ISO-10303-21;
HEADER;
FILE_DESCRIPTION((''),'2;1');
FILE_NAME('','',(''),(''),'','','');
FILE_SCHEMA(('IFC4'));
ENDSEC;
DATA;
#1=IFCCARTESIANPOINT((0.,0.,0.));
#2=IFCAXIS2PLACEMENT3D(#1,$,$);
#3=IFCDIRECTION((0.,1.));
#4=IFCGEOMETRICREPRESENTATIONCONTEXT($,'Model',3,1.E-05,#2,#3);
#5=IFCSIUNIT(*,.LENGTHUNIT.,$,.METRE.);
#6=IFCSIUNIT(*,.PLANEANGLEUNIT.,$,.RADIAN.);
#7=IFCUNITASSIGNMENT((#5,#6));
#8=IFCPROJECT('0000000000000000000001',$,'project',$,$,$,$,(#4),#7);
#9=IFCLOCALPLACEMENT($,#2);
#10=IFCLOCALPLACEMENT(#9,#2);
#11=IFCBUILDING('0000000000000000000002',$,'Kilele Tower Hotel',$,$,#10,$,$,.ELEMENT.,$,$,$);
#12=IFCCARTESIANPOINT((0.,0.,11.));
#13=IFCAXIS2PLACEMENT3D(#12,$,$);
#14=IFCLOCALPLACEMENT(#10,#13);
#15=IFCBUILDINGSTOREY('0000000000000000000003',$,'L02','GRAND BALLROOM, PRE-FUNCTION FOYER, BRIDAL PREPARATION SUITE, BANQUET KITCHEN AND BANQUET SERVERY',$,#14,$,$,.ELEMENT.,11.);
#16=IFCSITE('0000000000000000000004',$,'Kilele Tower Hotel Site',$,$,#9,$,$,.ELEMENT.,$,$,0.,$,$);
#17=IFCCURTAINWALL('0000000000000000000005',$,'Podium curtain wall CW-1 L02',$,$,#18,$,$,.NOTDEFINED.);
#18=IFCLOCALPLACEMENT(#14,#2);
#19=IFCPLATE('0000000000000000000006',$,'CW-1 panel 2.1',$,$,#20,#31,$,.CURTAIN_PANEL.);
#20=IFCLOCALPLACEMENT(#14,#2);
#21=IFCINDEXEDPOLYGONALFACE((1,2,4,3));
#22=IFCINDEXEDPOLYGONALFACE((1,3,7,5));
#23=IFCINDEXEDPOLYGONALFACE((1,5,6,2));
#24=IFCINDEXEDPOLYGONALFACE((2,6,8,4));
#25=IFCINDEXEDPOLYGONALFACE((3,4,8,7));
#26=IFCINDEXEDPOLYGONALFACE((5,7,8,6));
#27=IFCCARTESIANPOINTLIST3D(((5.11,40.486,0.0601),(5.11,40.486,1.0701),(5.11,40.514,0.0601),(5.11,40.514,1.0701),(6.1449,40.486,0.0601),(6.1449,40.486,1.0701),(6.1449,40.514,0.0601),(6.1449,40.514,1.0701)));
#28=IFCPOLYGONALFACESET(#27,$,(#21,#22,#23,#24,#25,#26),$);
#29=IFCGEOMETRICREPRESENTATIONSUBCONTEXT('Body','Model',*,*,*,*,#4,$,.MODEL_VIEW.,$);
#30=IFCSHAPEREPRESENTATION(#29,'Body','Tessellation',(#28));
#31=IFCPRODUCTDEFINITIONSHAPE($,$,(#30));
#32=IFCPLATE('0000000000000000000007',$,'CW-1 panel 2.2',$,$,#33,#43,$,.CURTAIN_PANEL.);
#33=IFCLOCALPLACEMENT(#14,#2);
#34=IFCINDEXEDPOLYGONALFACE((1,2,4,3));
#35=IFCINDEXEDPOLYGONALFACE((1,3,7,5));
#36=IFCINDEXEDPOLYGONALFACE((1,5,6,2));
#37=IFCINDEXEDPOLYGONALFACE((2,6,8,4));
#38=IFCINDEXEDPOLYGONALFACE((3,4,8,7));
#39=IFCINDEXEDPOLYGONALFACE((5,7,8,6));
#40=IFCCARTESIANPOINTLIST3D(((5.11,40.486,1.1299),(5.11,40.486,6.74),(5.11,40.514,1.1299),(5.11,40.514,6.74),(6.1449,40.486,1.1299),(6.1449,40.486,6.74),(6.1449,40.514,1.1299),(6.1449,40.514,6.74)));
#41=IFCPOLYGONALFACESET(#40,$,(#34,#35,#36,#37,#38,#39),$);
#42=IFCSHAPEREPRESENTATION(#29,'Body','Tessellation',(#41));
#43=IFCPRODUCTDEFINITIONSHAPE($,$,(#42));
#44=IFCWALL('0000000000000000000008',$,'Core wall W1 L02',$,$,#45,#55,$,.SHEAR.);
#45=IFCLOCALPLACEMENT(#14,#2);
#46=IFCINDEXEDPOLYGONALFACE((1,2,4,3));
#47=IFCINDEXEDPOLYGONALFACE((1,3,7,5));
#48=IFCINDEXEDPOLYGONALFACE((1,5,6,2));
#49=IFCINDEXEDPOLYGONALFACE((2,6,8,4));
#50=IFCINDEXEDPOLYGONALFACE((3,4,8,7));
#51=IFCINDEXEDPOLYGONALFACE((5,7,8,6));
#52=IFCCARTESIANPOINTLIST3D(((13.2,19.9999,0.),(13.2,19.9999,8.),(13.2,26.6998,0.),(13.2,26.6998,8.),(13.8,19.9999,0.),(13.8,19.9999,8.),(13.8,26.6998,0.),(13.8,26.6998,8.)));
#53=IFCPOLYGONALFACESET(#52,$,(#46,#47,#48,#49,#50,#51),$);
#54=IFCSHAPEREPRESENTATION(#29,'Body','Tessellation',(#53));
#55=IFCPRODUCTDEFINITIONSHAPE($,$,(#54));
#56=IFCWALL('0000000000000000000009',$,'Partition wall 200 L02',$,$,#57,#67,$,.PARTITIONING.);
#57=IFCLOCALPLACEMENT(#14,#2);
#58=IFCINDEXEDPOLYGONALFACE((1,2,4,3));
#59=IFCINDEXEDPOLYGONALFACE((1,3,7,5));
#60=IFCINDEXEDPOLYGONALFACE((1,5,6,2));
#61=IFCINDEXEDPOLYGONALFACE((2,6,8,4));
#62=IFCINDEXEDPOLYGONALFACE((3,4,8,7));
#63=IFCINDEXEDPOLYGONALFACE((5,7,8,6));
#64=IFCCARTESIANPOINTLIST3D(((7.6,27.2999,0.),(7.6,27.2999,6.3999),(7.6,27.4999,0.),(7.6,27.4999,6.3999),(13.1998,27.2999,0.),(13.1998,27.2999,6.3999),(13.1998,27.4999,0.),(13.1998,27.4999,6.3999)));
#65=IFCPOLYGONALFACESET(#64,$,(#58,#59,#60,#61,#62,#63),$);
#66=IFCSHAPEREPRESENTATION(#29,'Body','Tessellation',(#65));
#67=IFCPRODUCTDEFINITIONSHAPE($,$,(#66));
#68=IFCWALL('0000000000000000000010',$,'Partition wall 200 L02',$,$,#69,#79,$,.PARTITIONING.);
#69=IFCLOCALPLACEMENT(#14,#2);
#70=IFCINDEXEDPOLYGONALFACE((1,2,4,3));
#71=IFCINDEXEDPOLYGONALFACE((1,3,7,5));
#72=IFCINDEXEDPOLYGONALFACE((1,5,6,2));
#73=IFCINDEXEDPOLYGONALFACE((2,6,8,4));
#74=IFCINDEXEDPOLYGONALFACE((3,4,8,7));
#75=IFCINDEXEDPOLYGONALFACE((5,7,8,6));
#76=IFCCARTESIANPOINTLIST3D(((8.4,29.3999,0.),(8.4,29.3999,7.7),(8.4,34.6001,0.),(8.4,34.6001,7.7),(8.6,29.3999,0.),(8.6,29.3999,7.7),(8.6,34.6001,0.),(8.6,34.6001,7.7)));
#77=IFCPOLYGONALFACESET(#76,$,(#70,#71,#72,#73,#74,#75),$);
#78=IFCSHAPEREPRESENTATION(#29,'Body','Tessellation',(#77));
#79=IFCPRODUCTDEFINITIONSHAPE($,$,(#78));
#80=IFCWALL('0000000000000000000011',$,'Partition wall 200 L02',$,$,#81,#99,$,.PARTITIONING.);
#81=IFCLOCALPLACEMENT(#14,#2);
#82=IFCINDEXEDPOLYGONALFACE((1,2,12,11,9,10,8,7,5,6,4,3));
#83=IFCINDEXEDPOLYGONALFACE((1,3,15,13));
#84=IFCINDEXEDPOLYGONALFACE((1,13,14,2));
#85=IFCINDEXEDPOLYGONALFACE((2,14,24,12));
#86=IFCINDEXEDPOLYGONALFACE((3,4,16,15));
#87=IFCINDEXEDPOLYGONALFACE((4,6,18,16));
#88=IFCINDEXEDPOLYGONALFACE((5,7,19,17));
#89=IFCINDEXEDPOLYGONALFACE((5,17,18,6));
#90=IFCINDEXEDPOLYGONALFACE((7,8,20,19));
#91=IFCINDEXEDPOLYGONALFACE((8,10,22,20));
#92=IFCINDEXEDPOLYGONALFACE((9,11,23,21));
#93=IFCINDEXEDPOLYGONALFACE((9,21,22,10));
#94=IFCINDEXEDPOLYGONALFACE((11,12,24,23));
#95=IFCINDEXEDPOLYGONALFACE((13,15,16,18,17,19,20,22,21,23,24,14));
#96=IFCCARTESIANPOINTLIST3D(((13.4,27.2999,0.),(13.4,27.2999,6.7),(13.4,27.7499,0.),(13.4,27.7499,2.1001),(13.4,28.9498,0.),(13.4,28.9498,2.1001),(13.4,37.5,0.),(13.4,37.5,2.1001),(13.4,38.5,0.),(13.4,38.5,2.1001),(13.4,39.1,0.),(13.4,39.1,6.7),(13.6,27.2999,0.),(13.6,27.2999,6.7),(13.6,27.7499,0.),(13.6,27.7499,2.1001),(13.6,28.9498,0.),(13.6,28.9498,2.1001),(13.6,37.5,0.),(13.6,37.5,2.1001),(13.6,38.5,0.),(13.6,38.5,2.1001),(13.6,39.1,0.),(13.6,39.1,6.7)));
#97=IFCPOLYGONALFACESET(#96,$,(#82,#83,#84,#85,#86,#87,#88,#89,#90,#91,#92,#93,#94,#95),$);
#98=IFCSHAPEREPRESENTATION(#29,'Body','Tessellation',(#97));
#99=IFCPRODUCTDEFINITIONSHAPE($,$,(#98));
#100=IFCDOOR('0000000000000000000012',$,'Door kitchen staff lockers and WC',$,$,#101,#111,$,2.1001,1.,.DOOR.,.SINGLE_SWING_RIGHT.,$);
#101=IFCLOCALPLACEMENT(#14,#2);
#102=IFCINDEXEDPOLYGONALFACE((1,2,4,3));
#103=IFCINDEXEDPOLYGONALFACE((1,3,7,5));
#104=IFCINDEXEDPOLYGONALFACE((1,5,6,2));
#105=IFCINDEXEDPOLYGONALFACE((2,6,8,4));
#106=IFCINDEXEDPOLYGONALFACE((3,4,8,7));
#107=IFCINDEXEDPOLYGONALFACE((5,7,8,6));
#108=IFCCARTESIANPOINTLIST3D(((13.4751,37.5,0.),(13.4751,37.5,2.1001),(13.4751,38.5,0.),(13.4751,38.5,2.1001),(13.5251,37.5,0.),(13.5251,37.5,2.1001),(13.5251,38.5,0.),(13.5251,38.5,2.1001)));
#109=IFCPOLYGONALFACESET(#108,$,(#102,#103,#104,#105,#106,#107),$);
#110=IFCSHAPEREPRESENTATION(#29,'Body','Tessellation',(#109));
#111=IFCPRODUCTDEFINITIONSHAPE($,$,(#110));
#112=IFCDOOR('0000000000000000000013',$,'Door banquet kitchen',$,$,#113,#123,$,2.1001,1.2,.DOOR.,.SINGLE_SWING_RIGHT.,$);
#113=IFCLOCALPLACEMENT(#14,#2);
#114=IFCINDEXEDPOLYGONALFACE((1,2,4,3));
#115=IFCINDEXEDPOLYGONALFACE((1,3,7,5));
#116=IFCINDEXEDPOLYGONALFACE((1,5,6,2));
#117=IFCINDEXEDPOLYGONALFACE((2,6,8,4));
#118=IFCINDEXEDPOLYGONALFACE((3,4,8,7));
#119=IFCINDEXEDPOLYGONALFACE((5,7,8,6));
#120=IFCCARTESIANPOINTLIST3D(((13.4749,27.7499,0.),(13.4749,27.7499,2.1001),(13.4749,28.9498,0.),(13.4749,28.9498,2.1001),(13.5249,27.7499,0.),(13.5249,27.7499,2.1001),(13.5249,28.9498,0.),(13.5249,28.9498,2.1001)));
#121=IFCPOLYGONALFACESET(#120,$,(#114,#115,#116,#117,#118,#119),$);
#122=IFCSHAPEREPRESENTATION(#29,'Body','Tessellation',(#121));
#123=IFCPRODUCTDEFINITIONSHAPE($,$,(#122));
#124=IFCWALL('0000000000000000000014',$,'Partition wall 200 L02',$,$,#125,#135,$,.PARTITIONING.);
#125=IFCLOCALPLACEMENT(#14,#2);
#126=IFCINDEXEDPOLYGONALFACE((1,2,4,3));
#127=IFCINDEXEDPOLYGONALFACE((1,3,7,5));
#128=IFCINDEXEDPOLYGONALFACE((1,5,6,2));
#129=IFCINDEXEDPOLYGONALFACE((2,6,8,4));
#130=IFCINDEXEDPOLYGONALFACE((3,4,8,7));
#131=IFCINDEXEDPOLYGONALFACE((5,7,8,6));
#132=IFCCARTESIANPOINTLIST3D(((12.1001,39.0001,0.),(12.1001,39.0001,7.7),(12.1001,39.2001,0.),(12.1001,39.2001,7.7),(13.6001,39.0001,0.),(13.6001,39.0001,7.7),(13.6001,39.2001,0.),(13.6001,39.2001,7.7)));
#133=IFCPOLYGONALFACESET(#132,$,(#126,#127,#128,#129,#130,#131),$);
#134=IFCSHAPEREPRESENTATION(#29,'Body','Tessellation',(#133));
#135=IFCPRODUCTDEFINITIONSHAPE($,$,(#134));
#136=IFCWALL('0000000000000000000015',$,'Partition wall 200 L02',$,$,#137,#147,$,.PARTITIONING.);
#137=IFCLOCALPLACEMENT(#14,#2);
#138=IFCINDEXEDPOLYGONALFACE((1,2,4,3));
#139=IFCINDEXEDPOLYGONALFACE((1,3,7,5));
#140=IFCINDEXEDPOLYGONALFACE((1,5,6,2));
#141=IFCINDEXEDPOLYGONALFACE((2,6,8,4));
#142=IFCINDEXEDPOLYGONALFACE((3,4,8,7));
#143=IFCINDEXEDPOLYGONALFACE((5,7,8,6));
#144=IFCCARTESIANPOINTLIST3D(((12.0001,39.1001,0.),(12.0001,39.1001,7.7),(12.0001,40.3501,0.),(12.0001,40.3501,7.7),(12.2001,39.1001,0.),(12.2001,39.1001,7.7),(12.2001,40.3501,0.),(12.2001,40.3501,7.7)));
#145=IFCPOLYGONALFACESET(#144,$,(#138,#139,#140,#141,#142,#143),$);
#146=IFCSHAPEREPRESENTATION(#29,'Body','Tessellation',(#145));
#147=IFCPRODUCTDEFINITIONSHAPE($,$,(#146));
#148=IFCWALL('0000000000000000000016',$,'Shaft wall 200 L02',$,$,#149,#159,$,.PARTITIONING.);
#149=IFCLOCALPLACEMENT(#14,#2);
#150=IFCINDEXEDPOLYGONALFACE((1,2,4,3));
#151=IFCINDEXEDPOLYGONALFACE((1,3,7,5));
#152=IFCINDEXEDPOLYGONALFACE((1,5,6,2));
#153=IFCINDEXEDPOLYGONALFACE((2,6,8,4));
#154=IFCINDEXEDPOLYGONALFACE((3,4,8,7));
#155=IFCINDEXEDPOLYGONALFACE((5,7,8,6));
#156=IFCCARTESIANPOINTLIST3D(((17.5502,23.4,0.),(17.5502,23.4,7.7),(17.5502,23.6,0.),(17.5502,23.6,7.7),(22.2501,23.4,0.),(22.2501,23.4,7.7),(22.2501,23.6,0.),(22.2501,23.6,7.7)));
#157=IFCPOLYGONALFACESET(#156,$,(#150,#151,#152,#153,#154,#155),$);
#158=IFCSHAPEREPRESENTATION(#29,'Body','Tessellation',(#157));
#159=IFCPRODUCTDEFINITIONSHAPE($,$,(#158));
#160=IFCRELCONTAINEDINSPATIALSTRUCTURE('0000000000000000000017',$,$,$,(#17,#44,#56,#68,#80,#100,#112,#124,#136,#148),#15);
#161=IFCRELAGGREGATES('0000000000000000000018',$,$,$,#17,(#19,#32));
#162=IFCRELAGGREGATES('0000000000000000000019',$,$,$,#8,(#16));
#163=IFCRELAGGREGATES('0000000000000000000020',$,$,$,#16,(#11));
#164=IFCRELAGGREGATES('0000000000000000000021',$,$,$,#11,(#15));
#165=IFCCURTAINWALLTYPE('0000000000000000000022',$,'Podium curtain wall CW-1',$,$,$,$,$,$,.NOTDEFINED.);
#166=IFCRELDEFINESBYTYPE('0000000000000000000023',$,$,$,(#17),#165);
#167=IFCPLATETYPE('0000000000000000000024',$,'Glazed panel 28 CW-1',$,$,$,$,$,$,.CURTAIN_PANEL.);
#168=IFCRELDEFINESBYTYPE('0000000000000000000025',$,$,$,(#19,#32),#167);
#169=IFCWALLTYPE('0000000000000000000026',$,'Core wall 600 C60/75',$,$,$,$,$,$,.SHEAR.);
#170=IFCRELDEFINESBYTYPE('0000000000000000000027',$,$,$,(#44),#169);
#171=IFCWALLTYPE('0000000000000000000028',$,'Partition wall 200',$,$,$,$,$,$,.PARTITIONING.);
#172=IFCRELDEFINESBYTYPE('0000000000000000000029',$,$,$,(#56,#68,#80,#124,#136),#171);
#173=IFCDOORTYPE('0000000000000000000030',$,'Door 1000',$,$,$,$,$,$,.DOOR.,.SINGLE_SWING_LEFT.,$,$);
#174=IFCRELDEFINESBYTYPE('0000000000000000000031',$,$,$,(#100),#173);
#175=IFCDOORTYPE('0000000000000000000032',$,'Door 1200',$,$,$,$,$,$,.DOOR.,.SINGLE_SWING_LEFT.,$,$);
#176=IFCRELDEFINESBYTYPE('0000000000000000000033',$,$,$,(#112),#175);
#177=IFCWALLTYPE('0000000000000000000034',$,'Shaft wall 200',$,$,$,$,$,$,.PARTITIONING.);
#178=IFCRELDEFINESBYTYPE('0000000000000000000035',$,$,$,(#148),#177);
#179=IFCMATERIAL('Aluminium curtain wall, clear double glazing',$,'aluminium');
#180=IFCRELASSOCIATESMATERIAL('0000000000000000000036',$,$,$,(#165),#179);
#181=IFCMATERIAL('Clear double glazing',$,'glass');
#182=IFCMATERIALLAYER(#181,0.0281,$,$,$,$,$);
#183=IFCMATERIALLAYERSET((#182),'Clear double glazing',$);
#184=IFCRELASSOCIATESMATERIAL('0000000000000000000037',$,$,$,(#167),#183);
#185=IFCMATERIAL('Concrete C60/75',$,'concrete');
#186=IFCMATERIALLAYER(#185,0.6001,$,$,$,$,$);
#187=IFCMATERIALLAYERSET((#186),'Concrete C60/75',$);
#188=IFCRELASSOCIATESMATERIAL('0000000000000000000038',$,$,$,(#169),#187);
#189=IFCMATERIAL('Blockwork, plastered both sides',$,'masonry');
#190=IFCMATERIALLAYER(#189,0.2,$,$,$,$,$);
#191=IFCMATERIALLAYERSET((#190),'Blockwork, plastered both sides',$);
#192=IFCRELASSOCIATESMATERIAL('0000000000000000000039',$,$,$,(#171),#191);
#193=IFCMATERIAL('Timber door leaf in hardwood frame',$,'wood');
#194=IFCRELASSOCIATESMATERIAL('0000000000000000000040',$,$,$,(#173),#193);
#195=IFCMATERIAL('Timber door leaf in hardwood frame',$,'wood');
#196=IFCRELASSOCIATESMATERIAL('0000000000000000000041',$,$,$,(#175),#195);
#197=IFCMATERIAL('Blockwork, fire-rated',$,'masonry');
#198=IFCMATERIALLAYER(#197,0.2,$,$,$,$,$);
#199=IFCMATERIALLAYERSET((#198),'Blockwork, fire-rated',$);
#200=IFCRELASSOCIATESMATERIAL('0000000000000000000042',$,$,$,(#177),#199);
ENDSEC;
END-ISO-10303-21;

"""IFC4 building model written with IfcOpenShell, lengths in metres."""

from ifc_helpers import new_model, si_unit, direction, frame, frame_2d, origin, origin_2d, place, context, subcontext, project, spatial, rectangle, extrude, material, layer, layer_set, type_object, element, fill, aggregate, save


model = new_model("IFC4")

# Units and contexts
model_context = context("Model", 3, precision=1e-05, world=origin(), true_north=direction((0.0, 1.0)))
body_context = subcontext(model_context, "Body", "Model", "MODEL_VIEW")
ifc_project = project(units=[si_unit("LENGTHUNIT", "METRE"), si_unit("PLANEANGLEUNIT", "RADIAN")], contexts=[model_context])

# Site, building, storey
site_placement = place(None, origin())
site = spatial("IfcSite", under=ifc_project, at=site_placement, Name="Kilele Tower Hotel Site", CompositionType="ELEMENT", RefElevation=0.0)
building_placement = place(site_placement, origin())
building = spatial("IfcBuilding", under=site, at=building_placement, Name="Kilele Tower Hotel", CompositionType="ELEMENT")
storey_placement = place(building_placement, frame((0.0, 0.0, 11.0)))
storey = spatial("IfcBuildingStorey", under=building, at=storey_placement, Name="L02", Description="GRAND BALLROOM, PRE-FUNCTION FOYER, BRIDAL PREPARATION SUITE, BANQUET KITCHEN AND BANQUET SERVERY", CompositionType="ELEMENT", Elevation=11.0)

# Curtain wall
ifc_material_1 = material(Name="Aluminium curtain wall, clear double glazing", Category="aluminium")
curtain_wall_type = type_object("IfcCurtainWallType", Name="Podium curtain wall CW-1", PredefinedType="NOTDEFINED", material=ifc_material_1)
curtain_wall_placement = place(storey_placement, origin())
curtain_wall = element("IfcCurtainWall", 1, at=curtain_wall_placement, inside=storey, type_object=curtain_wall_type, Name="Podium curtain wall CW-1 L02", PredefinedType="NOTDEFINED")

# Plates
ifc_material_2 = material(Name="Clear double glazing", Category="glass")
ifc_layer_1 = layer(ifc_material_2, 0.0281)
ifc_layer_set_1 = layer_set([ifc_layer_1], Name="Clear double glazing")
plate_type = type_object("IfcPlateType", Name="Glazed panel 28 CW-1", PredefinedType="CURTAIN_PANEL", material=ifc_layer_set_1)
plate_1_placement = place(storey_placement, frame((5.6274, 40.5, 0.0601), z_axis=(0.0, 0.0, 1.0), x_axis=(-1.0, 0.0, 0.0)))
plate_1 = element("IfcPlate", 2, at=plate_1_placement, type_object=plate_type, Name="CW-1 panel 2.1", PredefinedType="CURTAIN_PANEL", context=body_context, shape_type="SweptSolid", body=[
    extrude(rectangle(XDim=1.0349, YDim=0.0281, at=origin_2d()), origin(), (0.0, 0.0, 1.0), 1.01),
])
plate_2_placement = place(storey_placement, frame((5.6274, 40.5, 1.1299), z_axis=(0.0, 0.0, 1.0), x_axis=(-1.0, 0.0, 0.0)))
plate_2 = element("IfcPlate", 3, at=plate_2_placement, type_object=plate_type, Name="CW-1 panel 2.2", PredefinedType="CURTAIN_PANEL", context=body_context, shape_type="SweptSolid", body=[
    extrude(rectangle(XDim=1.0349, YDim=0.0281, at=origin_2d()), origin(), (0.0, 0.0, 1.0), 5.6101),
])
aggregate(curtain_wall, [plate_1, plate_2])

# Walls
ifc_material_3 = material(Name="Concrete C60/75", Category="concrete")
ifc_layer_2 = layer(ifc_material_3, 0.6001)
ifc_layer_set_2 = layer_set([ifc_layer_2], Name="Concrete C60/75")
wall_type_1 = type_object("IfcWallType", Name="Core wall 600 C60/75", PredefinedType="SHEAR", material=ifc_layer_set_2)
wall_1_placement = place(storey_placement, frame((13.5, 26.7, 0.0), z_axis=(0.0, 0.0, 1.0), x_axis=(0.0, -1.0, 0.0)))
element("IfcWall", 4, at=wall_1_placement, inside=storey, type_object=wall_type_1, Name="Core wall W1 L02", PredefinedType="SHEAR", context=body_context, shape_type="SweptSolid", body=[
    extrude(rectangle(XDim=6.7, YDim=0.6001, at=frame_2d((3.3501, 0.0))), origin(), (0.0, 0.0, 1.0), 8.0),
])
ifc_material_4 = material(Name="Blockwork, plastered both sides", Category="masonry")
ifc_layer_3 = layer(ifc_material_4, 0.2)
ifc_layer_set_3 = layer_set([ifc_layer_3], Name="Blockwork, plastered both sides")
wall_type_2 = type_object("IfcWallType", Name="Partition wall 200", PredefinedType="PARTITIONING", material=ifc_layer_set_3)
wall_2_placement = place(storey_placement, frame((7.6001, 27.3999, 0.0), z_axis=(0.0, 0.0, 1.0), x_axis=(1.0, 0.0, 0.0)))
element("IfcWall", 5, at=wall_2_placement, inside=storey, type_object=wall_type_2, Name="Partition wall 200 L02", PredefinedType="PARTITIONING", context=body_context, shape_type="SweptSolid", body=[
    extrude(rectangle(XDim=5.5999, YDim=0.2, at=frame_2d((2.7998, 0.0))), origin(), (0.0, 0.0, 1.0), 6.3999),
])
wall_3_placement = place(storey_placement, frame((8.5, 29.3999, 0.0), z_axis=(0.0, 0.0, 1.0), x_axis=(0.0, 1.0, 0.0)))
element("IfcWall", 6, at=wall_3_placement, inside=storey, type_object=wall_type_2, Name="Partition wall 200 L02", PredefinedType="PARTITIONING", context=body_context, shape_type="SweptSolid", body=[
    extrude(rectangle(XDim=5.2002, YDim=0.2, at=frame_2d((2.6001, 0.0))), origin(), (0.0, 0.0, 1.0), 7.7),
])

# Wall, openings, doors
wall_4_placement = place(storey_placement, frame((13.5, 27.3, 0.0), z_axis=(0.0, 0.0, 1.0), x_axis=(0.0, 1.0, 0.0)))
wall_4 = element("IfcWall", 7, at=wall_4_placement, inside=storey, type_object=wall_type_2, Name="Partition wall 200 L02", PredefinedType="PARTITIONING", context=body_context, shape_type="SweptSolid", body=[
    extrude(rectangle(XDim=11.8, YDim=0.2, at=frame_2d((5.8999, 0.0))), origin(), (0.0, 0.0, 1.0), 6.7),
])
opening_1_placement = place(wall_4_placement, frame((1.6499, 0.0, 0.0), z_axis=(0.0, 0.0, 1.0), x_axis=(-1.0, 0.0, 0.0)))
opening_1 = element("IfcOpeningElement", 8, at=opening_1_placement, cuts=wall_4, PredefinedType="OPENING", context=body_context, shape_type="SweptSolid", body=[
    extrude(rectangle(XDim=1.2, YDim=2.1001, at=frame_2d((0.6001, 1.05))), frame((0.0, 0.1099, 0.0), z_axis=(0.0, -1.0, 0.0), x_axis=(1.0, 0.0, 0.0)), (0.0, 0.0, 1.0), 0.22),
])
opening_2_placement = place(wall_4_placement, frame((10.2, 0.0, 0.0)))
opening_2 = element("IfcOpeningElement", 9, at=opening_2_placement, cuts=wall_4, PredefinedType="OPENING", context=body_context, shape_type="SweptSolid", body=[
    extrude(rectangle(XDim=1.0, YDim=2.1001, at=frame_2d((0.5, 1.05))), frame((0.0, 0.1099, 0.0), z_axis=(0.0, -1.0, 0.0), x_axis=(1.0, 0.0, 0.0)), (0.0, 0.0, 1.0), 0.22),
])
ifc_material_5 = material(Name="Timber door leaf in hardwood frame", Category="wood")
door_type_1 = type_object("IfcDoorType", Name="Door 1000", OperationType="SINGLE_SWING_LEFT", PredefinedType="DOOR", material=ifc_material_5)
door_1_placement = place(opening_2_placement, origin())
door_1 = element("IfcDoor", 10, at=door_1_placement, inside=storey, type_object=door_type_1, Name="Door kitchen staff lockers and WC", OperationType="SINGLE_SWING_RIGHT", OverallHeight=2.1001, OverallWidth=1.0, PredefinedType="DOOR", context=body_context, shape_type="SweptSolid", body=[
    extrude(rectangle(XDim=1.0, YDim=2.1001, at=frame_2d((0.5, 1.05))), frame((0.0, 0.0249, 0.0), z_axis=(0.0, -1.0, 0.0), x_axis=(1.0, 0.0, 0.0)), (0.0, 0.0, 1.0), 0.05),
])
fill(opening_2, door_1)
ifc_material_6 = material(Name="Timber door leaf in hardwood frame", Category="wood")
door_type_2 = type_object("IfcDoorType", Name="Door 1200", OperationType="SINGLE_SWING_LEFT", PredefinedType="DOOR", material=ifc_material_6)
door_2_placement = place(opening_1_placement, origin())
door_2 = element("IfcDoor", 11, at=door_2_placement, inside=storey, type_object=door_type_2, Name="Door banquet kitchen", OperationType="SINGLE_SWING_RIGHT", OverallHeight=2.1001, OverallWidth=1.2, PredefinedType="DOOR", context=body_context, shape_type="SweptSolid", body=[
    extrude(rectangle(XDim=1.2, YDim=2.1001, at=frame_2d((0.6001, 1.05))), frame((0.0, 0.0249, 0.0), z_axis=(0.0, -1.0, 0.0), x_axis=(1.0, 0.0, 0.0)), (0.0, 0.0, 1.0), 0.05),
])
fill(opening_1, door_2)

# Walls
wall_5_placement = place(storey_placement, frame((12.1001, 39.1001, 0.0), z_axis=(0.0, 0.0, 1.0), x_axis=(1.0, 0.0, 0.0)))
element("IfcWall", 12, at=wall_5_placement, inside=storey, type_object=wall_type_2, Name="Partition wall 200 L02", PredefinedType="PARTITIONING", context=body_context, shape_type="SweptSolid", body=[
    extrude(rectangle(XDim=1.5, YDim=0.2, at=frame_2d((0.75, 0.0))), origin(), (0.0, 0.0, 1.0), 7.7),
])
wall_6_placement = place(storey_placement, frame((12.1001, 39.1001, 0.0), z_axis=(0.0, 0.0, 1.0), x_axis=(0.0, 1.0, 0.0)))
element("IfcWall", 13, at=wall_6_placement, inside=storey, type_object=wall_type_2, Name="Partition wall 200 L02", PredefinedType="PARTITIONING", context=body_context, shape_type="SweptSolid", body=[
    extrude(rectangle(XDim=1.25, YDim=0.2, at=frame_2d((0.625, 0.0))), origin(), (0.0, 0.0, 1.0), 7.7),
])
ifc_material_7 = material(Name="Blockwork, fire-rated", Category="masonry")
ifc_layer_4 = layer(ifc_material_7, 0.2)
ifc_layer_set_4 = layer_set([ifc_layer_4], Name="Blockwork, fire-rated")
wall_type_3 = type_object("IfcWallType", Name="Shaft wall 200", PredefinedType="PARTITIONING", material=ifc_layer_set_4)
wall_7_placement = place(storey_placement, frame((17.55, 23.5, 0.0), z_axis=(0.0, 0.0, 1.0), x_axis=(1.0, 0.0, 0.0)))
element("IfcWall", 14, at=wall_7_placement, inside=storey, type_object=wall_type_3, Name="Shaft wall 200 L02", PredefinedType="PARTITIONING", context=body_context, shape_type="SweptSolid", body=[
    extrude(rectangle(XDim=4.7, YDim=0.2, at=frame_2d((2.3501, 0.0))), origin(), (0.0, 0.0, 1.0), 7.7),
])

save(model, "model.ifc")
